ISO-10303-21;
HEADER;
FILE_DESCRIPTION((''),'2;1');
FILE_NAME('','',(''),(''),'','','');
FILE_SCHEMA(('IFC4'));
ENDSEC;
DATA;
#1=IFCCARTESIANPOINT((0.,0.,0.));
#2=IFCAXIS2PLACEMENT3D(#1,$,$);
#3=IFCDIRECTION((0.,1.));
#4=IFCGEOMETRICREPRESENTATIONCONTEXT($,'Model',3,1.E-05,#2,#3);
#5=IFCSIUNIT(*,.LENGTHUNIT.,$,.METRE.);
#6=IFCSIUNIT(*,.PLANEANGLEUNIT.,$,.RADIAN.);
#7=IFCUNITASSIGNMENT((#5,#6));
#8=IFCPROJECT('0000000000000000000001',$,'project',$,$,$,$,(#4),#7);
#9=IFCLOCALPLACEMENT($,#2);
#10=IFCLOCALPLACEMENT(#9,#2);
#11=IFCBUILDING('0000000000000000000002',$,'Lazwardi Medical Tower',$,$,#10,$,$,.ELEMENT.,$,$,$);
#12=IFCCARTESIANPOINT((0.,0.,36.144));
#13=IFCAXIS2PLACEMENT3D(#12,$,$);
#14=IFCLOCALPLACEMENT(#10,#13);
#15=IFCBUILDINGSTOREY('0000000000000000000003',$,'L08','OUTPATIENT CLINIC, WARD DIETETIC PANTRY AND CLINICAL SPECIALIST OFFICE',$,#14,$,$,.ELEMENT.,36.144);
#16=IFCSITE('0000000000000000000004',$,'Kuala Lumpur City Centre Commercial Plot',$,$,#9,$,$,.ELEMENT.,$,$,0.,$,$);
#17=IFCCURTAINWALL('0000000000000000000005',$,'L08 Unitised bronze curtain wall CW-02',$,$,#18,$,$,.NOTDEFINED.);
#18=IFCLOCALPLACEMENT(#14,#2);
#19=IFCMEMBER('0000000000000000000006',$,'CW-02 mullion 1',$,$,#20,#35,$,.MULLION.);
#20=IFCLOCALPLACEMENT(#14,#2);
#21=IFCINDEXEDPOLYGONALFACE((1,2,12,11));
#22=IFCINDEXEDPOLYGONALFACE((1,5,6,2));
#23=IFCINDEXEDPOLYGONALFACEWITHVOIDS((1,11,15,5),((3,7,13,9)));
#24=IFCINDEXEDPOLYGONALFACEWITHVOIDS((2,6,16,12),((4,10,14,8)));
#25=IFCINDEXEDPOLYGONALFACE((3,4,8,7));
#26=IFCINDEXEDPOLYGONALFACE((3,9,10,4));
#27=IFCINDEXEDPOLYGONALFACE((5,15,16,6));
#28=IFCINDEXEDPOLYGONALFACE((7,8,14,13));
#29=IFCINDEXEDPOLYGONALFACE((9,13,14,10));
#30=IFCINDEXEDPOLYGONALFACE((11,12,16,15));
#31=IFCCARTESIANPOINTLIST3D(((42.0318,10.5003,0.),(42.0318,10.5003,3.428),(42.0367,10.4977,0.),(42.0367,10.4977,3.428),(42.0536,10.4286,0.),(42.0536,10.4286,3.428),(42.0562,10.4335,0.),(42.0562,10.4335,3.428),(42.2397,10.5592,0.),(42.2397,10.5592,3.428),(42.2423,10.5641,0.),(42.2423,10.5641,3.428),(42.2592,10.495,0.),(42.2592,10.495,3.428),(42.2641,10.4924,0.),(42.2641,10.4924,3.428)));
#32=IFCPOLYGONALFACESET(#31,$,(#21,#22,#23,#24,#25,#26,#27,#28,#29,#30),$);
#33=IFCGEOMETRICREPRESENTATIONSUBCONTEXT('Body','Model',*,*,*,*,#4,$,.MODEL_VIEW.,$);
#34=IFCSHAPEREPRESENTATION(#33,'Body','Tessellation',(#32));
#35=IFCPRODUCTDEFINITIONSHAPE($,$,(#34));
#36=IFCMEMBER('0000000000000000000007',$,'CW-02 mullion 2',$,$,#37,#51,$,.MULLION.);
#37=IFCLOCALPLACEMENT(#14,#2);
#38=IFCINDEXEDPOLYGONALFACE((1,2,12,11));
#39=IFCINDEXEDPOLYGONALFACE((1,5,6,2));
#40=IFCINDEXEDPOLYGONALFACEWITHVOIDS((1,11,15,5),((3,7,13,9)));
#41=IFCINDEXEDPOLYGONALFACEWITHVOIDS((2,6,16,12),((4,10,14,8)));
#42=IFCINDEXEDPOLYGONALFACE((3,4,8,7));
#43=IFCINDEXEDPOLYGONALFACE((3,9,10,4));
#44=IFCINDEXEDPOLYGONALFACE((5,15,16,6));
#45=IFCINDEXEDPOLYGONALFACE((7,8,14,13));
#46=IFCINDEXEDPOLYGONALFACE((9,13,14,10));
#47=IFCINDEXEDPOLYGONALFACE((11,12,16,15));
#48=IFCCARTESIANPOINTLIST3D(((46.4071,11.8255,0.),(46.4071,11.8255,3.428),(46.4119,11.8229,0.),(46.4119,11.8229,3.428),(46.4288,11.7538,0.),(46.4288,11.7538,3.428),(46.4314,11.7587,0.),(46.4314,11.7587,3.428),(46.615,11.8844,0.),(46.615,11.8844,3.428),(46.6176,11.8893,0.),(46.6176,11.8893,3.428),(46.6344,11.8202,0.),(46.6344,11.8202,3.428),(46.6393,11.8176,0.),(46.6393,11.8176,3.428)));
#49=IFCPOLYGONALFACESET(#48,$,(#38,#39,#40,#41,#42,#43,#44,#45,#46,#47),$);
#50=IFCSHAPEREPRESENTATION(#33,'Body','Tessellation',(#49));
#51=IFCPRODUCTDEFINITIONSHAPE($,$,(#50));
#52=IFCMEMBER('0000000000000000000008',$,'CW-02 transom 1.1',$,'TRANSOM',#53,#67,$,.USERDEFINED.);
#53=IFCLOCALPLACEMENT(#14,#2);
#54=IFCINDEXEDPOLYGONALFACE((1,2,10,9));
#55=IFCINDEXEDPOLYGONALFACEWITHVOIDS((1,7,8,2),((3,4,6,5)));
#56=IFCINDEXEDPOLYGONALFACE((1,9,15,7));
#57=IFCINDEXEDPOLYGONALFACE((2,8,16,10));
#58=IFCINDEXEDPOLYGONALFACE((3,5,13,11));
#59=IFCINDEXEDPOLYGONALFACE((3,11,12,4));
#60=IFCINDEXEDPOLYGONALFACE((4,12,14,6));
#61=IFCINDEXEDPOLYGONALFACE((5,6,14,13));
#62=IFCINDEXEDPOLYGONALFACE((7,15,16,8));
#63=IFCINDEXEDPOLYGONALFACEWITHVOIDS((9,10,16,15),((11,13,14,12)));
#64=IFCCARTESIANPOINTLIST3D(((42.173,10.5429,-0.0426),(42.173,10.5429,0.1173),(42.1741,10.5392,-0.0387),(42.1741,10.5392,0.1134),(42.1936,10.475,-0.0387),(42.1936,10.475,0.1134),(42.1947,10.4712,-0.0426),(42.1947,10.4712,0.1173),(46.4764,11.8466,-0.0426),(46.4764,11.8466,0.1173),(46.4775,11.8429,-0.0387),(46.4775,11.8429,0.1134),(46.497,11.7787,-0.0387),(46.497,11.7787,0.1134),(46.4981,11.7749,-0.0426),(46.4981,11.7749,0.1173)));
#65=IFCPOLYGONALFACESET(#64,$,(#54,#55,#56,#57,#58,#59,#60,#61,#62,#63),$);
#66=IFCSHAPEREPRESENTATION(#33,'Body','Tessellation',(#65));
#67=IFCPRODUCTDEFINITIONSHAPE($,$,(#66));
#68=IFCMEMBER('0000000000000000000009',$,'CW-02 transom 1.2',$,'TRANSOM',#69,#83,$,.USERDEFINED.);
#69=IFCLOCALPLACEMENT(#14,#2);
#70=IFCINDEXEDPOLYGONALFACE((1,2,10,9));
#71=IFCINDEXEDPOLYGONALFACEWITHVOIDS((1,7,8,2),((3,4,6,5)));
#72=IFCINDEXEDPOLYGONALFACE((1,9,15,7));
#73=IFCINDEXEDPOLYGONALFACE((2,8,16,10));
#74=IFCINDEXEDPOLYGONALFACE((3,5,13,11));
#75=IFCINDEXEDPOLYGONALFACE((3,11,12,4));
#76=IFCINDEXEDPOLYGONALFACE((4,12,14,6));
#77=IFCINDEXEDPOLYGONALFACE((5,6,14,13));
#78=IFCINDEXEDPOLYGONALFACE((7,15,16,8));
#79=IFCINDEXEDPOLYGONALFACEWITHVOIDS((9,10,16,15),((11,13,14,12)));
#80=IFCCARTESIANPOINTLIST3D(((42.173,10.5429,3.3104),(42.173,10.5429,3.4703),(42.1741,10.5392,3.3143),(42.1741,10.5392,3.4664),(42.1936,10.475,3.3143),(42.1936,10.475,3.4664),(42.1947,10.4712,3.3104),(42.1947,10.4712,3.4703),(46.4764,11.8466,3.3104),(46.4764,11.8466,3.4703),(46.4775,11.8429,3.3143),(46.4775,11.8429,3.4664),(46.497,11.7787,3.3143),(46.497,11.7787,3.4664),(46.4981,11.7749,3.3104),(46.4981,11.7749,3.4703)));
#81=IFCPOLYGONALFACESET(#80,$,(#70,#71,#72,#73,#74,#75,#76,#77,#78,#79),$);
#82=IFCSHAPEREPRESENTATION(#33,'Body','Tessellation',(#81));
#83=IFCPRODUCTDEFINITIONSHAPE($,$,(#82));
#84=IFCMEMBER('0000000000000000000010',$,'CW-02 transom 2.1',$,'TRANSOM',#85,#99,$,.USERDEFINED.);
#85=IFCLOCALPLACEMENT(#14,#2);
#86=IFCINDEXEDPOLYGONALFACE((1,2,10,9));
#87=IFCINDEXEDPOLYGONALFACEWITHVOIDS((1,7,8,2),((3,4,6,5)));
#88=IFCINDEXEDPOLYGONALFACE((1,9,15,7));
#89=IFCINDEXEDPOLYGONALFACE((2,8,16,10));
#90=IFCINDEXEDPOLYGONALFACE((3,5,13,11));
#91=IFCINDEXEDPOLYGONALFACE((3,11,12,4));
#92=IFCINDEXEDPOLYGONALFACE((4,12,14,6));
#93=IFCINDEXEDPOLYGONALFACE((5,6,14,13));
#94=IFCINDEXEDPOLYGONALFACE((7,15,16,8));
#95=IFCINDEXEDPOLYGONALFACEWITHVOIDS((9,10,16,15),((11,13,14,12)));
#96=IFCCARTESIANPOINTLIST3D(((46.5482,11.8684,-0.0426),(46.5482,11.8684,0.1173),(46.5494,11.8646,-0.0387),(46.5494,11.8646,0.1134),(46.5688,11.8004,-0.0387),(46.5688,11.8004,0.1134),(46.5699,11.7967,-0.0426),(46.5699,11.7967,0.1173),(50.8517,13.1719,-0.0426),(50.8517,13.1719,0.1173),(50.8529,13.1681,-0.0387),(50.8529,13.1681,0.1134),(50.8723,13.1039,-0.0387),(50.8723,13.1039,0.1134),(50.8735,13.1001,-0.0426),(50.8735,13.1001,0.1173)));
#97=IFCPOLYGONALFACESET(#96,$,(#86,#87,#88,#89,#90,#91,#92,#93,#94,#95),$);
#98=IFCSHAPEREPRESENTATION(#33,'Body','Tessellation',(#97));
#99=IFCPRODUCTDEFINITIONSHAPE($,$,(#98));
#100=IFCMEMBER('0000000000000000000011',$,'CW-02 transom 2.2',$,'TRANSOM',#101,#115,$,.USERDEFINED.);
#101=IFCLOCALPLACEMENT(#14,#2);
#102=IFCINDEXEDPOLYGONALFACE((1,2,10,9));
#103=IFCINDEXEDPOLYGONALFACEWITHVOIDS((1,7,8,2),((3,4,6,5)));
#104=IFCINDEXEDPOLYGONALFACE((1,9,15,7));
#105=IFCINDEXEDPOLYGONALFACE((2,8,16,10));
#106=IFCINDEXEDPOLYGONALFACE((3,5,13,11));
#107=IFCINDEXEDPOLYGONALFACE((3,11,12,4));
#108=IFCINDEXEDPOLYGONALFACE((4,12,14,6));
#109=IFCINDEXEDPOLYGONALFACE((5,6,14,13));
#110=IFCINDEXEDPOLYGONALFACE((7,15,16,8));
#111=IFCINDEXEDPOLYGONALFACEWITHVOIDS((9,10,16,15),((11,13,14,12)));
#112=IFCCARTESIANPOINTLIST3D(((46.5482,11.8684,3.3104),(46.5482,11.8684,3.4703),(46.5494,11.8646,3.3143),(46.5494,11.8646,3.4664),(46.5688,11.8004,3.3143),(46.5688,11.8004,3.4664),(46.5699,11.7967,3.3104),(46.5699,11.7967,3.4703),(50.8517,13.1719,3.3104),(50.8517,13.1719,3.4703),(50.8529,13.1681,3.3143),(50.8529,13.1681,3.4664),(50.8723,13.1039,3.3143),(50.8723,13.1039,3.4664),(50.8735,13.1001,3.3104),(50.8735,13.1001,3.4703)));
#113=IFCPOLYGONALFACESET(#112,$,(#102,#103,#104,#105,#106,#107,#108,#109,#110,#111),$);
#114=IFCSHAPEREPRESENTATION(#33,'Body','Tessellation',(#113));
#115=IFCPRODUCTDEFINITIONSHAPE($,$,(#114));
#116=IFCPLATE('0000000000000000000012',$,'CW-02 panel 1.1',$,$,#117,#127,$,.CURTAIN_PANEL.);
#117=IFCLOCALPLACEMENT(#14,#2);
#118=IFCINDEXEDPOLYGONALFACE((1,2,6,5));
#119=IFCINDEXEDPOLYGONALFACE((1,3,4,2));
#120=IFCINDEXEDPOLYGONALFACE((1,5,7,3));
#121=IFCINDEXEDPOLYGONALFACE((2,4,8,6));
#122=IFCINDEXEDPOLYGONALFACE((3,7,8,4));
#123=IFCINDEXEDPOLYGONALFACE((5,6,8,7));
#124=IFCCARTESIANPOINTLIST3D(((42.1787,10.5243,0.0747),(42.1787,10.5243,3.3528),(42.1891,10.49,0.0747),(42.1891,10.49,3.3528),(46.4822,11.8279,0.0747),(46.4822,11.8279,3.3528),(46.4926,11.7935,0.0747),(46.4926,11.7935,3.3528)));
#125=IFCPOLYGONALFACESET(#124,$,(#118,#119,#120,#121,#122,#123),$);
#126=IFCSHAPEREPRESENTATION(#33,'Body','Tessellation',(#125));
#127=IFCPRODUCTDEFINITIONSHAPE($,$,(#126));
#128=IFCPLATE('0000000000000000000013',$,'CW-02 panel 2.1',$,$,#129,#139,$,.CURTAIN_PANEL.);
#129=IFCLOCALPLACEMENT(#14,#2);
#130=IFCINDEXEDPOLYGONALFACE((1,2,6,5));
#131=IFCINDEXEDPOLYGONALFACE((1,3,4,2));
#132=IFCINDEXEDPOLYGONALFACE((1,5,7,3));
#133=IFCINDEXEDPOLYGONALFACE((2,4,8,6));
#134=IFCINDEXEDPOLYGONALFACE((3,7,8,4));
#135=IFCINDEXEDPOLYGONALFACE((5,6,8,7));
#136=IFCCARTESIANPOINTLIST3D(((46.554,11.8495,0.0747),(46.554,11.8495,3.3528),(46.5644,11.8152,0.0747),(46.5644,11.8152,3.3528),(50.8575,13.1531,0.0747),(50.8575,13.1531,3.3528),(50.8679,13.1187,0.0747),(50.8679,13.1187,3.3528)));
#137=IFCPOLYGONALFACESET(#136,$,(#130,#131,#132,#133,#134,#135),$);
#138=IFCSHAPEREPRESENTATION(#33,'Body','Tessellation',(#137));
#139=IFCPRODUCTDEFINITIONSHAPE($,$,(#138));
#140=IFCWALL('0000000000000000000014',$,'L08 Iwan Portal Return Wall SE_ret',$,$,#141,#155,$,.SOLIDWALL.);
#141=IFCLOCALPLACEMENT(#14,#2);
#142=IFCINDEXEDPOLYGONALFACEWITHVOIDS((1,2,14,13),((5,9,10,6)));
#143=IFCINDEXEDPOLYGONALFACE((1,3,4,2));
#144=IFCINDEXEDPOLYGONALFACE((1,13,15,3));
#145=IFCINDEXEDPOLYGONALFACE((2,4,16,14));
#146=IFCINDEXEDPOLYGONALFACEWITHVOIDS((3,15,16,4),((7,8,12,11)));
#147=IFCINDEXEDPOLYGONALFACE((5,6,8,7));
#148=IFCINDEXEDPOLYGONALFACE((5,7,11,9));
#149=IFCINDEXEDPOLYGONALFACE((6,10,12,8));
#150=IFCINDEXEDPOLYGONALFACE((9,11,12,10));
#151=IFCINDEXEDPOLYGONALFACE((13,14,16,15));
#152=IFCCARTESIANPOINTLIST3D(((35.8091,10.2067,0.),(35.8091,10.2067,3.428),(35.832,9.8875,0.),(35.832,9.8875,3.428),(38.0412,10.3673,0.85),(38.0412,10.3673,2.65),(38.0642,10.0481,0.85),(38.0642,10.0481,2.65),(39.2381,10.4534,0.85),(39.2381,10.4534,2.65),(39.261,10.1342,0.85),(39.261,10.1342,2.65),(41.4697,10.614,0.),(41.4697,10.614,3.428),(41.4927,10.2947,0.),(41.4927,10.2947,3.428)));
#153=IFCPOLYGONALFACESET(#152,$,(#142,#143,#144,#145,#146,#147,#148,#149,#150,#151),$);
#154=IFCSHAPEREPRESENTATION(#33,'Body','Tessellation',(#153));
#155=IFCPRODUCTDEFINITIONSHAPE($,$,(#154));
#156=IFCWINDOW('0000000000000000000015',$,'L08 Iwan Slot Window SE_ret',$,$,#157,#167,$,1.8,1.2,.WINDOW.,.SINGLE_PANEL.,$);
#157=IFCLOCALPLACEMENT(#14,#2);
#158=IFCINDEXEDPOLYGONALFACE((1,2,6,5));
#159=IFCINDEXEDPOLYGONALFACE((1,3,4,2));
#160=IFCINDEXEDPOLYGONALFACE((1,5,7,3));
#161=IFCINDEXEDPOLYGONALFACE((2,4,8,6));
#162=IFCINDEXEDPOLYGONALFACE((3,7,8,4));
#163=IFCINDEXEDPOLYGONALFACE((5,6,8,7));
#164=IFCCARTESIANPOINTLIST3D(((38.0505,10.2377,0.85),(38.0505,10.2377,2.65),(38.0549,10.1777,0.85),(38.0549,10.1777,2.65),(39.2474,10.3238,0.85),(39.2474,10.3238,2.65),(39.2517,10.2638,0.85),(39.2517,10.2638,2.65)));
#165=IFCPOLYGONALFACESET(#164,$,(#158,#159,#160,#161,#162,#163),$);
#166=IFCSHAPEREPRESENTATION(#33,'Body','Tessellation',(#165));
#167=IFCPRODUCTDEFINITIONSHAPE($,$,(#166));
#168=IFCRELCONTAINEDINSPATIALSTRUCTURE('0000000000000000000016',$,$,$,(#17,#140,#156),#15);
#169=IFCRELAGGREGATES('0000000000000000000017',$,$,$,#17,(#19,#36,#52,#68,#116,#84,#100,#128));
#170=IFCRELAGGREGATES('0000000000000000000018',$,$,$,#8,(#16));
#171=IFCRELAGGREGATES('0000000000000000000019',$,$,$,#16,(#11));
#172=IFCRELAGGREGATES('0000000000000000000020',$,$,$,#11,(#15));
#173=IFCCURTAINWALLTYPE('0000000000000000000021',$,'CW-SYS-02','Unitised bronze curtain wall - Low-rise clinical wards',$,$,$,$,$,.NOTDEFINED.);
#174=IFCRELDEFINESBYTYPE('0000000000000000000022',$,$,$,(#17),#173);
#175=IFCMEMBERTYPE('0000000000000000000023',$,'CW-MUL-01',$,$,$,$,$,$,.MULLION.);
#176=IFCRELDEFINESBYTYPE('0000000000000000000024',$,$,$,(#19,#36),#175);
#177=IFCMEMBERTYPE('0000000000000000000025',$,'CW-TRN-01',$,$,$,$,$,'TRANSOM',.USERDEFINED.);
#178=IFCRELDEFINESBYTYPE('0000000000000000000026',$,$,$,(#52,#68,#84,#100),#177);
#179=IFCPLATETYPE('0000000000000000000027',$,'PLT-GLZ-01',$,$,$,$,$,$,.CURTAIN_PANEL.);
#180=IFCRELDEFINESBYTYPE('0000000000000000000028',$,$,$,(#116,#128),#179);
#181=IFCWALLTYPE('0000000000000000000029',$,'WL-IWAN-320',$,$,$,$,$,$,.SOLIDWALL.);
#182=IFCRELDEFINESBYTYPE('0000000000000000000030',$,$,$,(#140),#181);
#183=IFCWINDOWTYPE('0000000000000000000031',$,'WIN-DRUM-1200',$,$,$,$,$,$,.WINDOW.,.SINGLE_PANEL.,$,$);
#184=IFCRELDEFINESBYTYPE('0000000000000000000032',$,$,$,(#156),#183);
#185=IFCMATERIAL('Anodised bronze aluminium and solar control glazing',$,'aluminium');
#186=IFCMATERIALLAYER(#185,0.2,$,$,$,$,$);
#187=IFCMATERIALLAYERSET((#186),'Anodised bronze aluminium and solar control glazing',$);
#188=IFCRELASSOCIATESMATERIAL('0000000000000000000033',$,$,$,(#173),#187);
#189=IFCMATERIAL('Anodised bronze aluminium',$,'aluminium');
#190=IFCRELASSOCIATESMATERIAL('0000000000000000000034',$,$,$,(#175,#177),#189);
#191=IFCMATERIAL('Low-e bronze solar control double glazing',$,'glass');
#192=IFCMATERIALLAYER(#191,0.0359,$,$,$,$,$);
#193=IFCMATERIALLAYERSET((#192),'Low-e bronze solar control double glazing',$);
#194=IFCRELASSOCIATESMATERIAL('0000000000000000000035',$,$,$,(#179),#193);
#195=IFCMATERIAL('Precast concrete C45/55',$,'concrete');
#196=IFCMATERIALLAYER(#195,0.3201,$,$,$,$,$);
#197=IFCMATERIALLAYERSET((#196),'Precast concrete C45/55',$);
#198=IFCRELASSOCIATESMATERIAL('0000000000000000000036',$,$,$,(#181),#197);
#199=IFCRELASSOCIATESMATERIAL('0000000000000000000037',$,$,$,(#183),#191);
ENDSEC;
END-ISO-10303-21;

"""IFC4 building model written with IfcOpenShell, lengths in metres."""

from ifc_helpers import new_model, si_unit, direction, frame, frame_2d, origin, origin_2d, place, context, subcontext, project, spatial, rectangle, hollow_rectangle, extrude, material, layer, layer_set, material_profile, profile_set, type_object, element, fill, aggregate, save


model = new_model("IFC4")

# Units and contexts
model_context = context("Model", 3, precision=1e-05, world=origin(), true_north=direction((0.0, 1.0)))
body_context = subcontext(model_context, "Body", "Model", "MODEL_VIEW")
ifc_project = project(units=[si_unit("LENGTHUNIT", "METRE"), si_unit("PLANEANGLEUNIT", "RADIAN")], contexts=[model_context])

# Site, building, storey
site_placement = place(None, origin())
site = spatial("IfcSite", under=ifc_project, at=site_placement, Name="Kuala Lumpur City Centre Commercial Plot", CompositionType="ELEMENT", RefElevation=0.0)
building_placement = place(site_placement, origin())
building = spatial("IfcBuilding", under=site, at=building_placement, Name="Lazwardi Medical Tower", CompositionType="ELEMENT")
storey_placement = place(building_placement, frame((0.0, 0.0, 36.144)))
storey = spatial("IfcBuildingStorey", under=building, at=storey_placement, Name="L08", Description="OUTPATIENT CLINIC, WARD DIETETIC PANTRY AND CLINICAL SPECIALIST OFFICE", CompositionType="ELEMENT", Elevation=36.144)

# Curtain wall, members, plates
ifc_material_1 = material(Name="Anodised bronze aluminium and solar control glazing", Category="aluminium")
ifc_layer_1 = layer(ifc_material_1, 0.2)
ifc_layer_set_1 = layer_set([ifc_layer_1], Name="Anodised bronze aluminium and solar control glazing")
curtain_wall_type = type_object("IfcCurtainWallType", Name="CW-SYS-02", Description="Unitised bronze curtain wall - Low-rise clinical wards", PredefinedType="NOTDEFINED", material=ifc_layer_set_1)
curtain_wall_placement = place(storey_placement, origin())
curtain_wall = element("IfcCurtainWall", 1, at=curtain_wall_placement, inside=storey, type_object=curtain_wall_type, Name="L08 Unitised bronze curtain wall CW-02", PredefinedType="NOTDEFINED")
ifc_material_2 = material(Name="Anodised bronze aluminium", Category="aluminium")
ifc_material_profile_1 = material_profile(ifc_material_2, hollow_rectangle(XDim=0.075, YDim=0.22, WallThickness=0.0039, at=origin_2d()), Name="ALU-MULLION 220x75x4")
ifc_profile_set_1 = profile_set([ifc_material_profile_1], Name="Anodised bronze aluminium")
member_type_1 = type_object("IfcMemberType", Name="CW-MUL-01", PredefinedType="MULLION", material=ifc_profile_set_1)
member_1_placement = place(storey_placement, frame((42.1479, 10.4963, 0.0), z_axis=(0.0, 0.0, 1.0), x_axis=(-0.289896, 0.957058, 0.0)))
member_1 = element("IfcMember", 2, at=member_1_placement, type_object=member_type_1, Name="CW-02 mullion 1", PredefinedType="MULLION", context=body_context, shape_type="SweptSolid", body=[
    extrude(hollow_rectangle(XDim=0.075, YDim=0.22, WallThickness=0.0039, at=origin_2d()), origin(), (0.0, 0.0, 1.0), 3.428),
])
member_2_placement = place(storey_placement, frame((46.5232, 11.8215, 0.0), z_axis=(0.0, 0.0, 1.0), x_axis=(-0.289896, 0.957058, 0.0)))
member_2 = element("IfcMember", 3, at=member_2_placement, type_object=member_type_1, Name="CW-02 mullion 2", PredefinedType="MULLION", context=body_context, shape_type="SweptSolid", body=[
    extrude(hollow_rectangle(XDim=0.075, YDim=0.22, WallThickness=0.0039, at=origin_2d()), origin(), (0.0, 0.0, 1.0), 3.428),
])
ifc_material_profile_2 = material_profile(ifc_material_2, hollow_rectangle(XDim=0.075, YDim=0.1599, WallThickness=0.0039, at=origin_2d()), Name="ALU-TRANSOM 160x75x4")
ifc_profile_set_2 = profile_set([ifc_material_profile_2], Name="Anodised bronze aluminium")
member_type_2 = type_object("IfcMemberType", Name="CW-TRN-01", ElementType="TRANSOM", PredefinedType="USERDEFINED", material=ifc_profile_set_2)
member_3_placement = place(storey_placement, frame((42.1838, 10.5071, 0.0374), z_axis=(0.957047, 0.289932, 0.0), x_axis=(-0.289932, 0.957047, 0.0)))
member_3 = element("IfcMember", 4, at=member_3_placement, type_object=member_type_2, Name="CW-02 transom 1.1", ObjectType="TRANSOM", PredefinedType="USERDEFINED", context=body_context, shape_type="SweptSolid", body=[
    extrude(hollow_rectangle(XDim=0.075, YDim=0.1599, WallThickness=0.0039, at=origin_2d()), origin(), (0.0, 0.0, 1.0), 4.4966),
])
member_4_placement = place(storey_placement, frame((42.1838, 10.5071, 3.3904), z_axis=(0.957047, 0.289932, 0.0), x_axis=(-0.289932, 0.957047, 0.0)))
member_4 = element("IfcMember", 5, at=member_4_placement, type_object=member_type_2, Name="CW-02 transom 1.2", ObjectType="TRANSOM", PredefinedType="USERDEFINED", context=body_context, shape_type="SweptSolid", body=[
    extrude(hollow_rectangle(XDim=0.075, YDim=0.1599, WallThickness=0.0039, at=origin_2d()), origin(), (0.0, 0.0, 1.0), 4.4966),
])
member_5_placement = place(storey_placement, frame((46.5591, 11.8325, 0.0374), z_axis=(0.957062, 0.289882, 0.0), x_axis=(-0.289882, 0.957062, 0.0)))
member_5 = element("IfcMember", 6, at=member_5_placement, type_object=member_type_2, Name="CW-02 transom 2.1", ObjectType="TRANSOM", PredefinedType="USERDEFINED", context=body_context, shape_type="SweptSolid", body=[
    extrude(hollow_rectangle(XDim=0.075, YDim=0.1599, WallThickness=0.0039, at=origin_2d()), origin(), (0.0, 0.0, 1.0), 4.4966),
])
member_6_placement = place(storey_placement, frame((46.5591, 11.8325, 3.3904), z_axis=(0.957062, 0.289882, 0.0), x_axis=(-0.289882, 0.957062, 0.0)))
member_6 = element("IfcMember", 7, at=member_6_placement, type_object=member_type_2, Name="CW-02 transom 2.2", ObjectType="TRANSOM", PredefinedType="USERDEFINED", context=body_context, shape_type="SweptSolid", body=[
    extrude(hollow_rectangle(XDim=0.075, YDim=0.1599, WallThickness=0.0039, at=origin_2d()), origin(), (0.0, 0.0, 1.0), 4.4966),
])
ifc_material_3 = material(Name="Low-e bronze solar control double glazing", Category="glass")
ifc_layer_2 = layer(ifc_material_3, 0.0359)
ifc_layer_set_2 = layer_set([ifc_layer_2], Name="Low-e bronze solar control double glazing")
plate_type = type_object("IfcPlateType", Name="PLT-GLZ-01", PredefinedType="CURTAIN_PANEL", material=ifc_layer_set_2)
plate_1_placement = place(storey_placement, frame((44.3357, 11.1589, 0.0747), z_axis=(0.0, 0.0, 1.0), x_axis=(0.957058, 0.289896, 0.0)))
plate_1 = element("IfcPlate", 8, at=plate_1_placement, type_object=plate_type, Name="CW-02 panel 1.1", PredefinedType="CURTAIN_PANEL", context=body_context, shape_type="SweptSolid", body=[
    extrude(rectangle(XDim=4.4966, YDim=0.0359, at=origin_2d()), origin(), (0.0, 0.0, 1.0), 3.2781),
])
plate_2_placement = place(storey_placement, frame((48.7109, 12.4841, 0.0747), z_axis=(0.0, 0.0, 1.0), x_axis=(0.957058, 0.289896, 0.0)))
plate_2 = element("IfcPlate", 9, at=plate_2_placement, type_object=plate_type, Name="CW-02 panel 2.1", PredefinedType="CURTAIN_PANEL", context=body_context, shape_type="SweptSolid", body=[
    extrude(rectangle(XDim=4.4966, YDim=0.0359, at=origin_2d()), origin(), (0.0, 0.0, 1.0), 3.2781),
])
aggregate(curtain_wall, [member_1, member_2, member_3, member_4, plate_1, member_5, member_6, plate_2])

# Wall, opening, window
ifc_material_4 = material(Name="Precast concrete C45/55", Category="concrete")
ifc_layer_3 = layer(ifc_material_4, 0.3201)
ifc_layer_set_3 = layer_set([ifc_layer_3], Name="Precast concrete C45/55")
wall_type_1 = type_object("IfcWallType", Name="WL-IWAN-320", PredefinedType="SOLIDWALL", material=ifc_layer_set_3)
wall_1_placement = place(storey_placement, frame((35.8206, 10.0471, 0.0), z_axis=(0.0, 0.0, 1.0), x_axis=(0.997422, 0.071755, 0.0)))
wall_1 = element("IfcWall", 10, at=wall_1_placement, inside=storey, type_object=wall_type_1, Name="L08 Iwan Portal Return Wall SE_ret", PredefinedType="SOLIDWALL", context=body_context, shape_type="SweptSolid", body=[
    extrude(rectangle(XDim=5.6753, YDim=0.3201, at=frame_2d((2.8376, 0.0))), origin(), (0.0, 0.0, 1.0), 3.428),
])
opening_1_placement = place(wall_1_placement, frame((2.2378, 0.0, 0.8501)))
opening_1 = element("IfcOpeningElement", 11, at=opening_1_placement, cuts=wall_1, PredefinedType="OPENING", context=body_context, shape_type="SweptSolid", body=[
    extrude(rectangle(XDim=1.2, YDim=1.8, at=frame_2d((0.6001, 0.8999))), frame((0.0, 0.1699, 0.0), z_axis=(0.0, -1.0, 0.0), x_axis=(1.0, 0.0, 0.0)), (0.0, 0.0, 1.0), 0.3401),
])
window_type_1 = type_object("IfcWindowType", Name="WIN-DRUM-1200", PartitioningType="SINGLE_PANEL", PredefinedType="WINDOW", material=ifc_material_3)
window_1_placement = place(opening_1_placement, origin())
window_1 = element("IfcWindow", 12, at=window_1_placement, inside=storey, type_object=window_type_1, Name="L08 Iwan Slot Window SE_ret", OverallHeight=1.8, OverallWidth=1.2, PartitioningType="SINGLE_PANEL", PredefinedType="WINDOW", context=body_context, shape_type="SweptSolid", body=[
    extrude(rectangle(XDim=1.2, YDim=1.8, at=frame_2d((0.6001, 0.8999))), frame((0.0, 0.03, 0.0), z_axis=(0.0, -1.0, 0.0), x_axis=(1.0, 0.0, 0.0)), (0.0, 0.0, 1.0), 0.0601),
])
fill(opening_1, window_1)

save(model, "model.ifc")
